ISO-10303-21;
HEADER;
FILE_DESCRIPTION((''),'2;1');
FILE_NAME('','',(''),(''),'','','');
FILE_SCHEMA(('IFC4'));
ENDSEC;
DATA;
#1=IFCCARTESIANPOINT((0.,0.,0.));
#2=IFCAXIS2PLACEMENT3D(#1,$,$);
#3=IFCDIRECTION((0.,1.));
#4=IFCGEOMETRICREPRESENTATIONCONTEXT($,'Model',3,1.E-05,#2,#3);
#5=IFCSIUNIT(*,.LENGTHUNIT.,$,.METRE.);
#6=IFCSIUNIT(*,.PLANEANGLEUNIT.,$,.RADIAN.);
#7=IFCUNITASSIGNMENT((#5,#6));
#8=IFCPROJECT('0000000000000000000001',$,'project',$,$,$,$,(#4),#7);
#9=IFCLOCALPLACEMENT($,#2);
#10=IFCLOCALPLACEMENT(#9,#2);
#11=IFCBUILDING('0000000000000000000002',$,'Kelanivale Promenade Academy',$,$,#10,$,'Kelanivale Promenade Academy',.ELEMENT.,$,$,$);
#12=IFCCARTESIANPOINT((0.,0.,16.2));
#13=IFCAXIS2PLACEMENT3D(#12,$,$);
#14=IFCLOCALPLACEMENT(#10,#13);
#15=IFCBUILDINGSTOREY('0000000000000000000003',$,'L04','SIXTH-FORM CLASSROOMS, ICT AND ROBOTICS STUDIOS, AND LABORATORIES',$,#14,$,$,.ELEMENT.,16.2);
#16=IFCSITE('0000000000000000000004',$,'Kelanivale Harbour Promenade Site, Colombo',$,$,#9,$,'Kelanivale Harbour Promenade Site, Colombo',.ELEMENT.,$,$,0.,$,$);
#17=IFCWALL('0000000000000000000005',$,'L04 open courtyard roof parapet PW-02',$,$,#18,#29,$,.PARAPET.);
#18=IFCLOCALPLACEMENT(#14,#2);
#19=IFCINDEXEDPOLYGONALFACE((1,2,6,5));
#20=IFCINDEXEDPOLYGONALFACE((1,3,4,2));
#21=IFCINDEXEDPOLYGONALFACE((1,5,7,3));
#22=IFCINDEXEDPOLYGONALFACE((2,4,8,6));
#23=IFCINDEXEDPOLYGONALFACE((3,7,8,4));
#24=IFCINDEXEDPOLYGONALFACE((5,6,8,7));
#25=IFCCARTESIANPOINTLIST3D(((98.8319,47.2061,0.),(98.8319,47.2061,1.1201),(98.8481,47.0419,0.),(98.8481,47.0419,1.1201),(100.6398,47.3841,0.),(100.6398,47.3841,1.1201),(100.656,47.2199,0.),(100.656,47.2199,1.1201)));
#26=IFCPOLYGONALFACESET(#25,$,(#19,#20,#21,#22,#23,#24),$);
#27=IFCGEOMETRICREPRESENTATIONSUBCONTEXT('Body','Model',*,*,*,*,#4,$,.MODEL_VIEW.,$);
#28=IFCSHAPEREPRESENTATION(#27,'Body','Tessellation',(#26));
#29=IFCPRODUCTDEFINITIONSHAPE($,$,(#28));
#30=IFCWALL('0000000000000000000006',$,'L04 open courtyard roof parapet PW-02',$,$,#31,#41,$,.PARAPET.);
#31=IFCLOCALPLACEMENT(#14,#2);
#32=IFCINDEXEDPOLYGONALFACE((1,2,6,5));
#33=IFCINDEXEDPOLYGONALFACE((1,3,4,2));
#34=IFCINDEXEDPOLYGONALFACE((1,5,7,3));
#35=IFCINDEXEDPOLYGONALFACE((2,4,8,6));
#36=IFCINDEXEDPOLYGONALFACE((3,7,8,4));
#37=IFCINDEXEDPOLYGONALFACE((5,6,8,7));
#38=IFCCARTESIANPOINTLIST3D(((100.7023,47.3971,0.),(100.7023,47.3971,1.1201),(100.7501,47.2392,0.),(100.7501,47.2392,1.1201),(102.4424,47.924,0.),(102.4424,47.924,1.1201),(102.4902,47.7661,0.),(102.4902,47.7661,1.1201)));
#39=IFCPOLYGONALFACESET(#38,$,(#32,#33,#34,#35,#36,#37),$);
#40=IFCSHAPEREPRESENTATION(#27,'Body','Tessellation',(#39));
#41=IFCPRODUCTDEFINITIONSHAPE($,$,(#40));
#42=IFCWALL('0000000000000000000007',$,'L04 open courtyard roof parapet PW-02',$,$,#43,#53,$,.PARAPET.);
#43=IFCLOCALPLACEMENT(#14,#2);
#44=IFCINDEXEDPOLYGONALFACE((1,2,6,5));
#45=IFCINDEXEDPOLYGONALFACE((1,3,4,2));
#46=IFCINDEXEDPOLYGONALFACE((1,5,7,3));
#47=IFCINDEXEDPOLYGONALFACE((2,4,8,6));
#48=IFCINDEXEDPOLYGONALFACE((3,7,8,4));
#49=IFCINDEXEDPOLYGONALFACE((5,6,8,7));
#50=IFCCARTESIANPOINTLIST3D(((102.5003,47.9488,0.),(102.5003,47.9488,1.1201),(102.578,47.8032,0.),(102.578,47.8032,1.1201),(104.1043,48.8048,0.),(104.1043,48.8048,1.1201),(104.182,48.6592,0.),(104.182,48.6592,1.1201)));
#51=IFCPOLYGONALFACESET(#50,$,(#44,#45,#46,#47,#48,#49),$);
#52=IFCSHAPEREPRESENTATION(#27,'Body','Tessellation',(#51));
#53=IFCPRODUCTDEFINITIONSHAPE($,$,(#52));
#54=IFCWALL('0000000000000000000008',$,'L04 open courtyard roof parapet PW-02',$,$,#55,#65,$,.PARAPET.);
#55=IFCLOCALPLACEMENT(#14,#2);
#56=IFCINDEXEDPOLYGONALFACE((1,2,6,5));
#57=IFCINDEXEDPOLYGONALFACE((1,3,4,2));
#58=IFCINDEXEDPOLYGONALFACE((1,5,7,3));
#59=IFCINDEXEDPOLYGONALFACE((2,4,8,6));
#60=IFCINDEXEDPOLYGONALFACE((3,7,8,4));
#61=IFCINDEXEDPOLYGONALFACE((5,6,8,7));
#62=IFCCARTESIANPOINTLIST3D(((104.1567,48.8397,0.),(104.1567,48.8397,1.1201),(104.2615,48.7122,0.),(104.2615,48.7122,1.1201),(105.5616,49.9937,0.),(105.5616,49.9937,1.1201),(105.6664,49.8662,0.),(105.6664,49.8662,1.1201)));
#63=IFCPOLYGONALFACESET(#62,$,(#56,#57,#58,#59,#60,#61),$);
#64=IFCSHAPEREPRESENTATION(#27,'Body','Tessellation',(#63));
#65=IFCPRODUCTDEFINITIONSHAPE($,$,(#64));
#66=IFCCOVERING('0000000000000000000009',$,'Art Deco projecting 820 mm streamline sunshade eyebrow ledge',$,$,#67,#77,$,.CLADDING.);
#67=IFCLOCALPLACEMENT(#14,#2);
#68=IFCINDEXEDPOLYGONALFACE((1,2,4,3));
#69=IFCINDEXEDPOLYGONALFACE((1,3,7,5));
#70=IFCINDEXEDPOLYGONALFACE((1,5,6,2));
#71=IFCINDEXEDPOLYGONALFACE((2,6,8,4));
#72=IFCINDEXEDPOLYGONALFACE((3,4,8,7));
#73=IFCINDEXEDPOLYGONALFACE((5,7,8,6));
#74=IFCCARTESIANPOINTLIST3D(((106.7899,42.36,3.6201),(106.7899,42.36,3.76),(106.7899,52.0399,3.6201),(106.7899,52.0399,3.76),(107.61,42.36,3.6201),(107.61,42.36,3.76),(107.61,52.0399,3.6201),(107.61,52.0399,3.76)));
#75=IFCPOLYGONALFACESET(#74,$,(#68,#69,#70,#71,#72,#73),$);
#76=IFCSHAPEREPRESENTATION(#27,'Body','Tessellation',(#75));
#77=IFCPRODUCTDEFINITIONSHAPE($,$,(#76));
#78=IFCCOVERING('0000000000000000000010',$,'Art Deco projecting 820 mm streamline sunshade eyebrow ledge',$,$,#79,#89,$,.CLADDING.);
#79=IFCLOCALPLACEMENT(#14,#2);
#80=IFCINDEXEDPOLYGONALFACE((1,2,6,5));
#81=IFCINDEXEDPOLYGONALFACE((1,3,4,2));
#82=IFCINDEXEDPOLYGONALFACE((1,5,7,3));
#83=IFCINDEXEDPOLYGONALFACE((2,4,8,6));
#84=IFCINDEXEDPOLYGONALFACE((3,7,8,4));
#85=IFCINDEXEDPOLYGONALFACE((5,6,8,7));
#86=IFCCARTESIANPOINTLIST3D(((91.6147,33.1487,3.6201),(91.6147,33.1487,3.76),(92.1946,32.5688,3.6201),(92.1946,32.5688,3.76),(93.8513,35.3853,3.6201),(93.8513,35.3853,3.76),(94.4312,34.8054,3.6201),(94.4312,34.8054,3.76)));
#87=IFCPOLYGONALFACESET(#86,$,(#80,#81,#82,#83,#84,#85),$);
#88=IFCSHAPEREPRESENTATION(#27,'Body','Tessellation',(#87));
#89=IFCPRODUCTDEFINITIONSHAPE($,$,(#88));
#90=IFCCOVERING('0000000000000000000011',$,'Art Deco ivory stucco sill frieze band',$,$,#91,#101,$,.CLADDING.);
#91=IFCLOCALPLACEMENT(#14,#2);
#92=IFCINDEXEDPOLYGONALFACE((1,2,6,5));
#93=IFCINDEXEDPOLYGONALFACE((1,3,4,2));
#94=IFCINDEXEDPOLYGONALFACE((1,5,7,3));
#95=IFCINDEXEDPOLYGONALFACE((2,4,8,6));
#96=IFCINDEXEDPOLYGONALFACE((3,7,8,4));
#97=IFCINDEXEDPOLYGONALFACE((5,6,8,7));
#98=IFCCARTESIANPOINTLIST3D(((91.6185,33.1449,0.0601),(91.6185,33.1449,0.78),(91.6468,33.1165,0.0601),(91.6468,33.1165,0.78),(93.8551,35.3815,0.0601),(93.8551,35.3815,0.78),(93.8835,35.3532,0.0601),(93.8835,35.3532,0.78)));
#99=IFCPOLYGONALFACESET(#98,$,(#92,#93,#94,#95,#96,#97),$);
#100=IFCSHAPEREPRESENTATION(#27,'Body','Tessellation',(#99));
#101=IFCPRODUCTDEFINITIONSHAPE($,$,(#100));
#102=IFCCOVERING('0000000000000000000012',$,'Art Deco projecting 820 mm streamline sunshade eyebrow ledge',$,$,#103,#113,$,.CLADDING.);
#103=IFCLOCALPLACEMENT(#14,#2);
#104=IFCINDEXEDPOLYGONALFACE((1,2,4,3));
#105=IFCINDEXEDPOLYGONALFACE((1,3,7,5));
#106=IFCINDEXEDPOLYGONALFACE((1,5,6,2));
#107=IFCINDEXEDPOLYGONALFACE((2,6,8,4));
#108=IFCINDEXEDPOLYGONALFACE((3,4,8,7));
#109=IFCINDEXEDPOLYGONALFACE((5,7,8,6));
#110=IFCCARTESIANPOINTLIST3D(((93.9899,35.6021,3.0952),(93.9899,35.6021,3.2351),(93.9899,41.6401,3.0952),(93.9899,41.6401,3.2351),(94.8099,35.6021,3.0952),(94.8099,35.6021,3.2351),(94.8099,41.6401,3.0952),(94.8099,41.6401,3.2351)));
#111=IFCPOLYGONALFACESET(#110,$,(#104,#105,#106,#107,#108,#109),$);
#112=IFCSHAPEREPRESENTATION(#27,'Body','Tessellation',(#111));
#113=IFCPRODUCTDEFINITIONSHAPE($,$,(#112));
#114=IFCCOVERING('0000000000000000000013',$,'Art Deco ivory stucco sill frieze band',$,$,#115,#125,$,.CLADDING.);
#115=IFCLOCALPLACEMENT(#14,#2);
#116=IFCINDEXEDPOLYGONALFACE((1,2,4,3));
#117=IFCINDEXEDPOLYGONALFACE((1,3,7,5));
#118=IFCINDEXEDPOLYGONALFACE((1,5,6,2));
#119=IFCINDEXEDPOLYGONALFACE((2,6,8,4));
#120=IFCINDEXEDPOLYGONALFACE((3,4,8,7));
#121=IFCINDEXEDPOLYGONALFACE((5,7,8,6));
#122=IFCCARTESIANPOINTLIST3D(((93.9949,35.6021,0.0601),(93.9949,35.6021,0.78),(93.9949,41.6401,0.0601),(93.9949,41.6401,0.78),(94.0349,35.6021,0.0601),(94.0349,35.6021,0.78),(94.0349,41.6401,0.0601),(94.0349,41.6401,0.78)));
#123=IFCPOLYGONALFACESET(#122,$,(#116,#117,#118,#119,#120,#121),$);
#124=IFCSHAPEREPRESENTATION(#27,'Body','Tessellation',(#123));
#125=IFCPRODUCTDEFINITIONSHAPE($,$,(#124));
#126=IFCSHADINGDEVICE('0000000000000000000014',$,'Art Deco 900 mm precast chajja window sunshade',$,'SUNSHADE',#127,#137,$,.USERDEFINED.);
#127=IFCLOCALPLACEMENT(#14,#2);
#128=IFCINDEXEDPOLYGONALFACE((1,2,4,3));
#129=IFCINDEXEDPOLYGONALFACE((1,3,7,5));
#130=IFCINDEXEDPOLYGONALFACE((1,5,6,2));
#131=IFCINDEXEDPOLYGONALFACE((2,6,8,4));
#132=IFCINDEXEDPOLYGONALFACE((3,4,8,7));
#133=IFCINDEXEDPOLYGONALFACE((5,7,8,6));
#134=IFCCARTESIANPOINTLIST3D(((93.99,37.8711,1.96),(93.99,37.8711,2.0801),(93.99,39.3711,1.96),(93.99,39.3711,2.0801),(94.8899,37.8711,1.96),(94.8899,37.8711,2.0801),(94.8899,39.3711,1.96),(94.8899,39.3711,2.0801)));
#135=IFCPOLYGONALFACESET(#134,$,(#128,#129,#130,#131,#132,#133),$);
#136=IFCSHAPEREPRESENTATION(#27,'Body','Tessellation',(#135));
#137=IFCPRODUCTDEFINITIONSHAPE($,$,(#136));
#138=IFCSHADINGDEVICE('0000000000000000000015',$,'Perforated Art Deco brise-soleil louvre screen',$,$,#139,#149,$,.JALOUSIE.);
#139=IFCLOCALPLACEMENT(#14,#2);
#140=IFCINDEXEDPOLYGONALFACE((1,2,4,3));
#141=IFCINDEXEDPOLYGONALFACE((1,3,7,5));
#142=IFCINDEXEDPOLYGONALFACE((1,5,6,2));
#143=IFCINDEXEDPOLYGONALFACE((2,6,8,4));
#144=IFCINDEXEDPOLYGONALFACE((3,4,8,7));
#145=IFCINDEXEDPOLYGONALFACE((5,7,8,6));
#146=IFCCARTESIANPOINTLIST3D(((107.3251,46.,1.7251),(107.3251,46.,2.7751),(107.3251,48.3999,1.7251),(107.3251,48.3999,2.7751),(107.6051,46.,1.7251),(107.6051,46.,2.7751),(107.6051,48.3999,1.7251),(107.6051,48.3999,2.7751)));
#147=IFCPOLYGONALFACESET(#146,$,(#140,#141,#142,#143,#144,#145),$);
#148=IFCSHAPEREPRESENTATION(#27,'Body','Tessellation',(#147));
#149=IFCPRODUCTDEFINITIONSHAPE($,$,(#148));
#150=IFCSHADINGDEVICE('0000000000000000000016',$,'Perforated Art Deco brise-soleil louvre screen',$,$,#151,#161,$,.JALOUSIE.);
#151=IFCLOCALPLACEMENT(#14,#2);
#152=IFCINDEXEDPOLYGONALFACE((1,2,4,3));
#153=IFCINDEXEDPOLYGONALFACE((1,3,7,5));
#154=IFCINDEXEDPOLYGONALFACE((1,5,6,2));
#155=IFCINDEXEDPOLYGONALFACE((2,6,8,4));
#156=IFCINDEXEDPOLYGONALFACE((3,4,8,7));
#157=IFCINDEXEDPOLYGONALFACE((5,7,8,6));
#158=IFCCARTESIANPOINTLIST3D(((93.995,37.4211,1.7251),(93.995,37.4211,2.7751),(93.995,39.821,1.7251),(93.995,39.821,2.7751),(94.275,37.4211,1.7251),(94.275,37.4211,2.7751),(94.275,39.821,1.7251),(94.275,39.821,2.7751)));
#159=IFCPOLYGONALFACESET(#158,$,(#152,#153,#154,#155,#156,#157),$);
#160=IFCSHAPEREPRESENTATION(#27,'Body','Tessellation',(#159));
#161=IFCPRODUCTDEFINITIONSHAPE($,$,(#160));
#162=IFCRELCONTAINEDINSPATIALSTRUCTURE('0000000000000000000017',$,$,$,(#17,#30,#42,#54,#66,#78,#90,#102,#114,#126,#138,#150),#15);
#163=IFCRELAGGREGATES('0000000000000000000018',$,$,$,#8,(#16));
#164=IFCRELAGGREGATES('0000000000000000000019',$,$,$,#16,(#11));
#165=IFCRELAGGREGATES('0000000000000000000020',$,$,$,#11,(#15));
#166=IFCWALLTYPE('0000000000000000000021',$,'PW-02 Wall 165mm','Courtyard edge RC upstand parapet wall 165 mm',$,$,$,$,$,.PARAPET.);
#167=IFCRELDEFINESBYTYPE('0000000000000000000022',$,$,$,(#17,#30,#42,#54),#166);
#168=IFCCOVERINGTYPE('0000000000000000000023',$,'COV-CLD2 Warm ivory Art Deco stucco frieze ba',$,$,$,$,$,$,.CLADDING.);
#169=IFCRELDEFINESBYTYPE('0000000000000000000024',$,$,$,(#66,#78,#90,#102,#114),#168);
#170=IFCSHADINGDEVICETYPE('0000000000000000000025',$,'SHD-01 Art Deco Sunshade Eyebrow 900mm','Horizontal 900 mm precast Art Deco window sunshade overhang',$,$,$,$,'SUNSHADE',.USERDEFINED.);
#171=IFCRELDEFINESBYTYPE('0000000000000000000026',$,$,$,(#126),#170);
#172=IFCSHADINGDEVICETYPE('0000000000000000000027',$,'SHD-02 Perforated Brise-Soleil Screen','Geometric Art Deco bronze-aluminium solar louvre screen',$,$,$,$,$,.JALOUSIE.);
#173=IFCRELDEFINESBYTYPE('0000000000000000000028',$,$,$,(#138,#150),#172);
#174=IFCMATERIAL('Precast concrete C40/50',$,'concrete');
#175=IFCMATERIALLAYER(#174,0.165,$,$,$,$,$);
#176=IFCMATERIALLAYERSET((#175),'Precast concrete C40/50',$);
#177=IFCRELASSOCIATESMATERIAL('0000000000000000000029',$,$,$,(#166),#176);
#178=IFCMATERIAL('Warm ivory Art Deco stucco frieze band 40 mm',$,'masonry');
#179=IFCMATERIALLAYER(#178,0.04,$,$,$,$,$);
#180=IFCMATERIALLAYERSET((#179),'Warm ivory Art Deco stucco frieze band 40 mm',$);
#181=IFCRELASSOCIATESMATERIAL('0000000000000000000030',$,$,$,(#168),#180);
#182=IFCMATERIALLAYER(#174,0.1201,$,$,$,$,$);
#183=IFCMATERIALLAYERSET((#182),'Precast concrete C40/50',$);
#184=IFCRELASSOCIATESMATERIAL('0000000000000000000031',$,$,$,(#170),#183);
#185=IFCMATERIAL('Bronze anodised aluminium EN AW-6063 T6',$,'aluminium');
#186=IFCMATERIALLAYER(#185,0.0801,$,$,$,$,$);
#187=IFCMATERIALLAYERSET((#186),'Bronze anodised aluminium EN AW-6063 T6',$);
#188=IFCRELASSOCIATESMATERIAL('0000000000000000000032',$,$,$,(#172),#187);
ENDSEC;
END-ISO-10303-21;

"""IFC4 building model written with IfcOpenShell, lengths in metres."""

from ifc_helpers import new_model, si_unit, direction, frame, frame_2d, origin, origin_2d, place, context, subcontext, project, spatial, rectangle, extrude, material, layer, layer_set, type_object, element, save


model = new_model("IFC4")

# Units and contexts
model_context = context("Model", 3, precision=1e-05, world=origin(), true_north=direction((0.0, 1.0)))
body_context = subcontext(model_context, "Body", "Model", "MODEL_VIEW")
ifc_project = project(units=[si_unit("LENGTHUNIT", "METRE"), si_unit("PLANEANGLEUNIT", "RADIAN")], contexts=[model_context])

# Site, building, storey
site_placement = place(None, origin())
site = spatial("IfcSite", under=ifc_project, at=site_placement, Name="Kelanivale Harbour Promenade Site, Colombo", LongName="Kelanivale Harbour Promenade Site, Colombo", CompositionType="ELEMENT", RefElevation=0.0)
building_placement = place(site_placement, origin())
building = spatial("IfcBuilding", under=site, at=building_placement, Name="Kelanivale Promenade Academy", LongName="Kelanivale Promenade Academy", CompositionType="ELEMENT")
storey_placement = place(building_placement, frame((0.0, 0.0, 16.2)))
storey = spatial("IfcBuildingStorey", under=building, at=storey_placement, Name="L04", Description="SIXTH-FORM CLASSROOMS, ICT AND ROBOTICS STUDIOS, AND LABORATORIES", CompositionType="ELEMENT", Elevation=16.2)

# Walls
ifc_material_1 = material(Name="Precast concrete C40/50", Category="concrete")
ifc_layer_1 = layer(ifc_material_1, 0.165)
ifc_layer_set_1 = layer_set([ifc_layer_1], Name="Precast concrete C40/50")
wall_type_1 = type_object("IfcWallType", Name="PW-02 Wall 165mm", Description="Courtyard edge RC upstand parapet wall 165 mm", PredefinedType="PARAPET", material=ifc_layer_set_1)
wall_1_placement = place(storey_placement, frame((98.8401, 47.124, 0.0), z_axis=(0.0, 0.0, 1.0), x_axis=(0.995189, 0.097973, 0.0)))
element("IfcWall", 1, at=wall_1_placement, inside=storey, type_object=wall_type_1, Name="L04 open courtyard roof parapet PW-02", PredefinedType="PARAPET", context=body_context, shape_type="SweptSolid", body=[
    extrude(rectangle(XDim=1.8167, YDim=0.165, at=frame_2d((0.9082, 0.0))), origin(), (0.0, 0.0, 1.0), 1.1201),
])
for number, where, z_axis, x_axis, name in (
    (2, (100.7261, 47.3181, 0.0), (0.0, 0.0, 1.0), (0.957088, 0.289799, 0.0), "L04 open courtyard roof parapet PW-02"),
    (3, (102.5391, 47.876, 0.0), (0.0, 0.0, 1.0), (0.882241, 0.470797, 0.0), "L04 open courtyard roof parapet PW-02"),
    (4, (104.209, 48.7759, 0.0), (0.0, 0.0, 1.0), (0.772747, 0.634714, 0.0), "L04 open courtyard roof parapet PW-02"),
):
    element("IfcWall", number, at=place(storey_placement, frame(where, z_axis=z_axis, x_axis=x_axis)), inside=storey, type_object=wall_type_1, Name=name, PredefinedType="PARAPET", context=body_context, shape_type="SweptSolid", body=[
        extrude(rectangle(XDim=1.8181, YDim=0.165, at=frame_2d((0.9092, 0.0))), origin(), (0.0, 0.0, 1.0), 1.1201),
    ])

# Coverings
ifc_material_2 = material(Name="Warm ivory Art Deco stucco frieze band 40 mm", Category="masonry")
ifc_layer_2 = layer(ifc_material_2, 0.04)
ifc_layer_set_2 = layer_set([ifc_layer_2], Name="Warm ivory Art Deco stucco frieze band 40 mm")
covering_type = type_object("IfcCoveringType", Name="COV-CLD2 Warm ivory Art Deco stucco frieze ba", PredefinedType="CLADDING", material=ifc_layer_set_2)
covering_1_placement = place(storey_placement, frame((107.2, 47.2, 3.6201), z_axis=(0.0, 0.0, 1.0), x_axis=(0.0, -1.0, 0.0)))
element("IfcCovering", 5, at=covering_1_placement, inside=storey, type_object=covering_type, Name="Art Deco projecting 820 mm streamline sunshade eyebrow ledge", PredefinedType="CLADDING", context=body_context, shape_type="SweptSolid", body=[
    extrude(rectangle(XDim=9.6799, YDim=0.8201, at=origin_2d()), origin(), (0.0, 0.0, 1.0), 0.1399),
])
covering_2_placement = place(storey_placement, frame((93.0229, 33.9771, 3.6201), z_axis=(0.0, 0.0, 1.0), x_axis=(0.707107, 0.707107, 0.0)))
element("IfcCovering", 6, at=covering_2_placement, inside=storey, type_object=covering_type, Name="Art Deco projecting 820 mm streamline sunshade eyebrow ledge", PredefinedType="CLADDING", context=body_context, shape_type="SweptSolid", body=[
    extrude(rectangle(XDim=3.1631, YDim=0.8201, at=origin_2d()), origin(), (0.0, 0.0, 1.0), 0.1399),
])
covering_3_placement = place(storey_placement, frame((92.751, 34.249, 0.0601), z_axis=(0.0, 0.0, 1.0), x_axis=(0.707107, 0.707107, 0.0)))
element("IfcCovering", 7, at=covering_3_placement, inside=storey, type_object=covering_type, Name="Art Deco ivory stucco sill frieze band", PredefinedType="CLADDING", context=body_context, shape_type="SweptSolid", body=[
    extrude(rectangle(XDim=3.1631, YDim=0.04, at=origin_2d()), origin(), (0.0, 0.0, 1.0), 0.72),
])
covering_4_placement = place(storey_placement, frame((94.3999, 38.6211, 3.0952), z_axis=(0.0, 0.0, 1.0), x_axis=(0.0, 1.0, 0.0)))
element("IfcCovering", 8, at=covering_4_placement, inside=storey, type_object=covering_type, Name="Art Deco projecting 820 mm streamline sunshade eyebrow ledge", PredefinedType="CLADDING", context=body_context, shape_type="SweptSolid", body=[
    extrude(rectangle(XDim=6.0381, YDim=0.8201, at=origin_2d()), origin(), (0.0, 0.0, 1.0), 0.1399),
])
covering_5_placement = place(storey_placement, frame((94.0149, 38.6211, 0.0601), z_axis=(0.0, 0.0, 1.0), x_axis=(0.0, 1.0, 0.0)))
element("IfcCovering", 9, at=covering_5_placement, inside=storey, type_object=covering_type, Name="Art Deco ivory stucco sill frieze band", PredefinedType="CLADDING", context=body_context, shape_type="SweptSolid", body=[
    extrude(rectangle(XDim=6.0381, YDim=0.04, at=origin_2d()), origin(), (0.0, 0.0, 1.0), 0.72),
])

# Shading devices
ifc_layer_3 = layer(ifc_material_1, 0.1201)
ifc_layer_set_3 = layer_set([ifc_layer_3], Name="Precast concrete C40/50")
shading_device_type_1 = type_object("IfcShadingDeviceType", Name="SHD-01 Art Deco Sunshade Eyebrow 900mm", Description="Horizontal 900 mm precast Art Deco window sunshade overhang", ElementType="SUNSHADE", PredefinedType="USERDEFINED", material=ifc_layer_set_3)
shading_device_placement = place(storey_placement, frame((94.4399, 38.6211, 1.96), z_axis=(0.0, 0.0, 1.0), x_axis=(0.0, 1.0, 0.0)))
element("IfcShadingDevice", 10, at=shading_device_placement, inside=storey, type_object=shading_device_type_1, Name="Art Deco 900 mm precast chajja window sunshade", ObjectType="SUNSHADE", PredefinedType="USERDEFINED", context=body_context, shape_type="SweptSolid", body=[
    extrude(rectangle(XDim=1.5, YDim=0.8999, at=origin_2d()), origin(), (0.0, 0.0, 1.0), 0.1201),
])
ifc_material_3 = material(Name="Bronze anodised aluminium EN AW-6063 T6", Category="aluminium")
ifc_layer_4 = layer(ifc_material_3, 0.0801)
ifc_layer_set_4 = layer_set([ifc_layer_4], Name="Bronze anodised aluminium EN AW-6063 T6")
shading_device_type_2 = type_object("IfcShadingDeviceType", Name="SHD-02 Perforated Brise-Soleil Screen", Description="Geometric Art Deco bronze-aluminium solar louvre screen", PredefinedType="JALOUSIE", material=ifc_layer_set_4)
for number, where, z_axis, x_axis, name in (
    (11, (107.4651, 47.2, 1.7251), (0.0, 0.0, 1.0), (0.0, -1.0, 0.0), "Perforated Art Deco brise-soleil louvre screen"),
    (12, (94.135, 38.6211, 1.7251), (0.0, 0.0, 1.0), (0.0, 1.0, 0.0), "Perforated Art Deco brise-soleil louvre screen"),
):
    element("IfcShadingDevice", number, at=place(storey_placement, frame(where, z_axis=z_axis, x_axis=x_axis)), inside=storey, type_object=shading_device_type_2, Name=name, PredefinedType="JALOUSIE", context=body_context, shape_type="SweptSolid", body=[
        extrude(rectangle(XDim=2.3999, YDim=0.28, at=origin_2d()), origin(), (0.0, 0.0, 1.0), 1.05),
    ])

save(model, "model.ifc")
